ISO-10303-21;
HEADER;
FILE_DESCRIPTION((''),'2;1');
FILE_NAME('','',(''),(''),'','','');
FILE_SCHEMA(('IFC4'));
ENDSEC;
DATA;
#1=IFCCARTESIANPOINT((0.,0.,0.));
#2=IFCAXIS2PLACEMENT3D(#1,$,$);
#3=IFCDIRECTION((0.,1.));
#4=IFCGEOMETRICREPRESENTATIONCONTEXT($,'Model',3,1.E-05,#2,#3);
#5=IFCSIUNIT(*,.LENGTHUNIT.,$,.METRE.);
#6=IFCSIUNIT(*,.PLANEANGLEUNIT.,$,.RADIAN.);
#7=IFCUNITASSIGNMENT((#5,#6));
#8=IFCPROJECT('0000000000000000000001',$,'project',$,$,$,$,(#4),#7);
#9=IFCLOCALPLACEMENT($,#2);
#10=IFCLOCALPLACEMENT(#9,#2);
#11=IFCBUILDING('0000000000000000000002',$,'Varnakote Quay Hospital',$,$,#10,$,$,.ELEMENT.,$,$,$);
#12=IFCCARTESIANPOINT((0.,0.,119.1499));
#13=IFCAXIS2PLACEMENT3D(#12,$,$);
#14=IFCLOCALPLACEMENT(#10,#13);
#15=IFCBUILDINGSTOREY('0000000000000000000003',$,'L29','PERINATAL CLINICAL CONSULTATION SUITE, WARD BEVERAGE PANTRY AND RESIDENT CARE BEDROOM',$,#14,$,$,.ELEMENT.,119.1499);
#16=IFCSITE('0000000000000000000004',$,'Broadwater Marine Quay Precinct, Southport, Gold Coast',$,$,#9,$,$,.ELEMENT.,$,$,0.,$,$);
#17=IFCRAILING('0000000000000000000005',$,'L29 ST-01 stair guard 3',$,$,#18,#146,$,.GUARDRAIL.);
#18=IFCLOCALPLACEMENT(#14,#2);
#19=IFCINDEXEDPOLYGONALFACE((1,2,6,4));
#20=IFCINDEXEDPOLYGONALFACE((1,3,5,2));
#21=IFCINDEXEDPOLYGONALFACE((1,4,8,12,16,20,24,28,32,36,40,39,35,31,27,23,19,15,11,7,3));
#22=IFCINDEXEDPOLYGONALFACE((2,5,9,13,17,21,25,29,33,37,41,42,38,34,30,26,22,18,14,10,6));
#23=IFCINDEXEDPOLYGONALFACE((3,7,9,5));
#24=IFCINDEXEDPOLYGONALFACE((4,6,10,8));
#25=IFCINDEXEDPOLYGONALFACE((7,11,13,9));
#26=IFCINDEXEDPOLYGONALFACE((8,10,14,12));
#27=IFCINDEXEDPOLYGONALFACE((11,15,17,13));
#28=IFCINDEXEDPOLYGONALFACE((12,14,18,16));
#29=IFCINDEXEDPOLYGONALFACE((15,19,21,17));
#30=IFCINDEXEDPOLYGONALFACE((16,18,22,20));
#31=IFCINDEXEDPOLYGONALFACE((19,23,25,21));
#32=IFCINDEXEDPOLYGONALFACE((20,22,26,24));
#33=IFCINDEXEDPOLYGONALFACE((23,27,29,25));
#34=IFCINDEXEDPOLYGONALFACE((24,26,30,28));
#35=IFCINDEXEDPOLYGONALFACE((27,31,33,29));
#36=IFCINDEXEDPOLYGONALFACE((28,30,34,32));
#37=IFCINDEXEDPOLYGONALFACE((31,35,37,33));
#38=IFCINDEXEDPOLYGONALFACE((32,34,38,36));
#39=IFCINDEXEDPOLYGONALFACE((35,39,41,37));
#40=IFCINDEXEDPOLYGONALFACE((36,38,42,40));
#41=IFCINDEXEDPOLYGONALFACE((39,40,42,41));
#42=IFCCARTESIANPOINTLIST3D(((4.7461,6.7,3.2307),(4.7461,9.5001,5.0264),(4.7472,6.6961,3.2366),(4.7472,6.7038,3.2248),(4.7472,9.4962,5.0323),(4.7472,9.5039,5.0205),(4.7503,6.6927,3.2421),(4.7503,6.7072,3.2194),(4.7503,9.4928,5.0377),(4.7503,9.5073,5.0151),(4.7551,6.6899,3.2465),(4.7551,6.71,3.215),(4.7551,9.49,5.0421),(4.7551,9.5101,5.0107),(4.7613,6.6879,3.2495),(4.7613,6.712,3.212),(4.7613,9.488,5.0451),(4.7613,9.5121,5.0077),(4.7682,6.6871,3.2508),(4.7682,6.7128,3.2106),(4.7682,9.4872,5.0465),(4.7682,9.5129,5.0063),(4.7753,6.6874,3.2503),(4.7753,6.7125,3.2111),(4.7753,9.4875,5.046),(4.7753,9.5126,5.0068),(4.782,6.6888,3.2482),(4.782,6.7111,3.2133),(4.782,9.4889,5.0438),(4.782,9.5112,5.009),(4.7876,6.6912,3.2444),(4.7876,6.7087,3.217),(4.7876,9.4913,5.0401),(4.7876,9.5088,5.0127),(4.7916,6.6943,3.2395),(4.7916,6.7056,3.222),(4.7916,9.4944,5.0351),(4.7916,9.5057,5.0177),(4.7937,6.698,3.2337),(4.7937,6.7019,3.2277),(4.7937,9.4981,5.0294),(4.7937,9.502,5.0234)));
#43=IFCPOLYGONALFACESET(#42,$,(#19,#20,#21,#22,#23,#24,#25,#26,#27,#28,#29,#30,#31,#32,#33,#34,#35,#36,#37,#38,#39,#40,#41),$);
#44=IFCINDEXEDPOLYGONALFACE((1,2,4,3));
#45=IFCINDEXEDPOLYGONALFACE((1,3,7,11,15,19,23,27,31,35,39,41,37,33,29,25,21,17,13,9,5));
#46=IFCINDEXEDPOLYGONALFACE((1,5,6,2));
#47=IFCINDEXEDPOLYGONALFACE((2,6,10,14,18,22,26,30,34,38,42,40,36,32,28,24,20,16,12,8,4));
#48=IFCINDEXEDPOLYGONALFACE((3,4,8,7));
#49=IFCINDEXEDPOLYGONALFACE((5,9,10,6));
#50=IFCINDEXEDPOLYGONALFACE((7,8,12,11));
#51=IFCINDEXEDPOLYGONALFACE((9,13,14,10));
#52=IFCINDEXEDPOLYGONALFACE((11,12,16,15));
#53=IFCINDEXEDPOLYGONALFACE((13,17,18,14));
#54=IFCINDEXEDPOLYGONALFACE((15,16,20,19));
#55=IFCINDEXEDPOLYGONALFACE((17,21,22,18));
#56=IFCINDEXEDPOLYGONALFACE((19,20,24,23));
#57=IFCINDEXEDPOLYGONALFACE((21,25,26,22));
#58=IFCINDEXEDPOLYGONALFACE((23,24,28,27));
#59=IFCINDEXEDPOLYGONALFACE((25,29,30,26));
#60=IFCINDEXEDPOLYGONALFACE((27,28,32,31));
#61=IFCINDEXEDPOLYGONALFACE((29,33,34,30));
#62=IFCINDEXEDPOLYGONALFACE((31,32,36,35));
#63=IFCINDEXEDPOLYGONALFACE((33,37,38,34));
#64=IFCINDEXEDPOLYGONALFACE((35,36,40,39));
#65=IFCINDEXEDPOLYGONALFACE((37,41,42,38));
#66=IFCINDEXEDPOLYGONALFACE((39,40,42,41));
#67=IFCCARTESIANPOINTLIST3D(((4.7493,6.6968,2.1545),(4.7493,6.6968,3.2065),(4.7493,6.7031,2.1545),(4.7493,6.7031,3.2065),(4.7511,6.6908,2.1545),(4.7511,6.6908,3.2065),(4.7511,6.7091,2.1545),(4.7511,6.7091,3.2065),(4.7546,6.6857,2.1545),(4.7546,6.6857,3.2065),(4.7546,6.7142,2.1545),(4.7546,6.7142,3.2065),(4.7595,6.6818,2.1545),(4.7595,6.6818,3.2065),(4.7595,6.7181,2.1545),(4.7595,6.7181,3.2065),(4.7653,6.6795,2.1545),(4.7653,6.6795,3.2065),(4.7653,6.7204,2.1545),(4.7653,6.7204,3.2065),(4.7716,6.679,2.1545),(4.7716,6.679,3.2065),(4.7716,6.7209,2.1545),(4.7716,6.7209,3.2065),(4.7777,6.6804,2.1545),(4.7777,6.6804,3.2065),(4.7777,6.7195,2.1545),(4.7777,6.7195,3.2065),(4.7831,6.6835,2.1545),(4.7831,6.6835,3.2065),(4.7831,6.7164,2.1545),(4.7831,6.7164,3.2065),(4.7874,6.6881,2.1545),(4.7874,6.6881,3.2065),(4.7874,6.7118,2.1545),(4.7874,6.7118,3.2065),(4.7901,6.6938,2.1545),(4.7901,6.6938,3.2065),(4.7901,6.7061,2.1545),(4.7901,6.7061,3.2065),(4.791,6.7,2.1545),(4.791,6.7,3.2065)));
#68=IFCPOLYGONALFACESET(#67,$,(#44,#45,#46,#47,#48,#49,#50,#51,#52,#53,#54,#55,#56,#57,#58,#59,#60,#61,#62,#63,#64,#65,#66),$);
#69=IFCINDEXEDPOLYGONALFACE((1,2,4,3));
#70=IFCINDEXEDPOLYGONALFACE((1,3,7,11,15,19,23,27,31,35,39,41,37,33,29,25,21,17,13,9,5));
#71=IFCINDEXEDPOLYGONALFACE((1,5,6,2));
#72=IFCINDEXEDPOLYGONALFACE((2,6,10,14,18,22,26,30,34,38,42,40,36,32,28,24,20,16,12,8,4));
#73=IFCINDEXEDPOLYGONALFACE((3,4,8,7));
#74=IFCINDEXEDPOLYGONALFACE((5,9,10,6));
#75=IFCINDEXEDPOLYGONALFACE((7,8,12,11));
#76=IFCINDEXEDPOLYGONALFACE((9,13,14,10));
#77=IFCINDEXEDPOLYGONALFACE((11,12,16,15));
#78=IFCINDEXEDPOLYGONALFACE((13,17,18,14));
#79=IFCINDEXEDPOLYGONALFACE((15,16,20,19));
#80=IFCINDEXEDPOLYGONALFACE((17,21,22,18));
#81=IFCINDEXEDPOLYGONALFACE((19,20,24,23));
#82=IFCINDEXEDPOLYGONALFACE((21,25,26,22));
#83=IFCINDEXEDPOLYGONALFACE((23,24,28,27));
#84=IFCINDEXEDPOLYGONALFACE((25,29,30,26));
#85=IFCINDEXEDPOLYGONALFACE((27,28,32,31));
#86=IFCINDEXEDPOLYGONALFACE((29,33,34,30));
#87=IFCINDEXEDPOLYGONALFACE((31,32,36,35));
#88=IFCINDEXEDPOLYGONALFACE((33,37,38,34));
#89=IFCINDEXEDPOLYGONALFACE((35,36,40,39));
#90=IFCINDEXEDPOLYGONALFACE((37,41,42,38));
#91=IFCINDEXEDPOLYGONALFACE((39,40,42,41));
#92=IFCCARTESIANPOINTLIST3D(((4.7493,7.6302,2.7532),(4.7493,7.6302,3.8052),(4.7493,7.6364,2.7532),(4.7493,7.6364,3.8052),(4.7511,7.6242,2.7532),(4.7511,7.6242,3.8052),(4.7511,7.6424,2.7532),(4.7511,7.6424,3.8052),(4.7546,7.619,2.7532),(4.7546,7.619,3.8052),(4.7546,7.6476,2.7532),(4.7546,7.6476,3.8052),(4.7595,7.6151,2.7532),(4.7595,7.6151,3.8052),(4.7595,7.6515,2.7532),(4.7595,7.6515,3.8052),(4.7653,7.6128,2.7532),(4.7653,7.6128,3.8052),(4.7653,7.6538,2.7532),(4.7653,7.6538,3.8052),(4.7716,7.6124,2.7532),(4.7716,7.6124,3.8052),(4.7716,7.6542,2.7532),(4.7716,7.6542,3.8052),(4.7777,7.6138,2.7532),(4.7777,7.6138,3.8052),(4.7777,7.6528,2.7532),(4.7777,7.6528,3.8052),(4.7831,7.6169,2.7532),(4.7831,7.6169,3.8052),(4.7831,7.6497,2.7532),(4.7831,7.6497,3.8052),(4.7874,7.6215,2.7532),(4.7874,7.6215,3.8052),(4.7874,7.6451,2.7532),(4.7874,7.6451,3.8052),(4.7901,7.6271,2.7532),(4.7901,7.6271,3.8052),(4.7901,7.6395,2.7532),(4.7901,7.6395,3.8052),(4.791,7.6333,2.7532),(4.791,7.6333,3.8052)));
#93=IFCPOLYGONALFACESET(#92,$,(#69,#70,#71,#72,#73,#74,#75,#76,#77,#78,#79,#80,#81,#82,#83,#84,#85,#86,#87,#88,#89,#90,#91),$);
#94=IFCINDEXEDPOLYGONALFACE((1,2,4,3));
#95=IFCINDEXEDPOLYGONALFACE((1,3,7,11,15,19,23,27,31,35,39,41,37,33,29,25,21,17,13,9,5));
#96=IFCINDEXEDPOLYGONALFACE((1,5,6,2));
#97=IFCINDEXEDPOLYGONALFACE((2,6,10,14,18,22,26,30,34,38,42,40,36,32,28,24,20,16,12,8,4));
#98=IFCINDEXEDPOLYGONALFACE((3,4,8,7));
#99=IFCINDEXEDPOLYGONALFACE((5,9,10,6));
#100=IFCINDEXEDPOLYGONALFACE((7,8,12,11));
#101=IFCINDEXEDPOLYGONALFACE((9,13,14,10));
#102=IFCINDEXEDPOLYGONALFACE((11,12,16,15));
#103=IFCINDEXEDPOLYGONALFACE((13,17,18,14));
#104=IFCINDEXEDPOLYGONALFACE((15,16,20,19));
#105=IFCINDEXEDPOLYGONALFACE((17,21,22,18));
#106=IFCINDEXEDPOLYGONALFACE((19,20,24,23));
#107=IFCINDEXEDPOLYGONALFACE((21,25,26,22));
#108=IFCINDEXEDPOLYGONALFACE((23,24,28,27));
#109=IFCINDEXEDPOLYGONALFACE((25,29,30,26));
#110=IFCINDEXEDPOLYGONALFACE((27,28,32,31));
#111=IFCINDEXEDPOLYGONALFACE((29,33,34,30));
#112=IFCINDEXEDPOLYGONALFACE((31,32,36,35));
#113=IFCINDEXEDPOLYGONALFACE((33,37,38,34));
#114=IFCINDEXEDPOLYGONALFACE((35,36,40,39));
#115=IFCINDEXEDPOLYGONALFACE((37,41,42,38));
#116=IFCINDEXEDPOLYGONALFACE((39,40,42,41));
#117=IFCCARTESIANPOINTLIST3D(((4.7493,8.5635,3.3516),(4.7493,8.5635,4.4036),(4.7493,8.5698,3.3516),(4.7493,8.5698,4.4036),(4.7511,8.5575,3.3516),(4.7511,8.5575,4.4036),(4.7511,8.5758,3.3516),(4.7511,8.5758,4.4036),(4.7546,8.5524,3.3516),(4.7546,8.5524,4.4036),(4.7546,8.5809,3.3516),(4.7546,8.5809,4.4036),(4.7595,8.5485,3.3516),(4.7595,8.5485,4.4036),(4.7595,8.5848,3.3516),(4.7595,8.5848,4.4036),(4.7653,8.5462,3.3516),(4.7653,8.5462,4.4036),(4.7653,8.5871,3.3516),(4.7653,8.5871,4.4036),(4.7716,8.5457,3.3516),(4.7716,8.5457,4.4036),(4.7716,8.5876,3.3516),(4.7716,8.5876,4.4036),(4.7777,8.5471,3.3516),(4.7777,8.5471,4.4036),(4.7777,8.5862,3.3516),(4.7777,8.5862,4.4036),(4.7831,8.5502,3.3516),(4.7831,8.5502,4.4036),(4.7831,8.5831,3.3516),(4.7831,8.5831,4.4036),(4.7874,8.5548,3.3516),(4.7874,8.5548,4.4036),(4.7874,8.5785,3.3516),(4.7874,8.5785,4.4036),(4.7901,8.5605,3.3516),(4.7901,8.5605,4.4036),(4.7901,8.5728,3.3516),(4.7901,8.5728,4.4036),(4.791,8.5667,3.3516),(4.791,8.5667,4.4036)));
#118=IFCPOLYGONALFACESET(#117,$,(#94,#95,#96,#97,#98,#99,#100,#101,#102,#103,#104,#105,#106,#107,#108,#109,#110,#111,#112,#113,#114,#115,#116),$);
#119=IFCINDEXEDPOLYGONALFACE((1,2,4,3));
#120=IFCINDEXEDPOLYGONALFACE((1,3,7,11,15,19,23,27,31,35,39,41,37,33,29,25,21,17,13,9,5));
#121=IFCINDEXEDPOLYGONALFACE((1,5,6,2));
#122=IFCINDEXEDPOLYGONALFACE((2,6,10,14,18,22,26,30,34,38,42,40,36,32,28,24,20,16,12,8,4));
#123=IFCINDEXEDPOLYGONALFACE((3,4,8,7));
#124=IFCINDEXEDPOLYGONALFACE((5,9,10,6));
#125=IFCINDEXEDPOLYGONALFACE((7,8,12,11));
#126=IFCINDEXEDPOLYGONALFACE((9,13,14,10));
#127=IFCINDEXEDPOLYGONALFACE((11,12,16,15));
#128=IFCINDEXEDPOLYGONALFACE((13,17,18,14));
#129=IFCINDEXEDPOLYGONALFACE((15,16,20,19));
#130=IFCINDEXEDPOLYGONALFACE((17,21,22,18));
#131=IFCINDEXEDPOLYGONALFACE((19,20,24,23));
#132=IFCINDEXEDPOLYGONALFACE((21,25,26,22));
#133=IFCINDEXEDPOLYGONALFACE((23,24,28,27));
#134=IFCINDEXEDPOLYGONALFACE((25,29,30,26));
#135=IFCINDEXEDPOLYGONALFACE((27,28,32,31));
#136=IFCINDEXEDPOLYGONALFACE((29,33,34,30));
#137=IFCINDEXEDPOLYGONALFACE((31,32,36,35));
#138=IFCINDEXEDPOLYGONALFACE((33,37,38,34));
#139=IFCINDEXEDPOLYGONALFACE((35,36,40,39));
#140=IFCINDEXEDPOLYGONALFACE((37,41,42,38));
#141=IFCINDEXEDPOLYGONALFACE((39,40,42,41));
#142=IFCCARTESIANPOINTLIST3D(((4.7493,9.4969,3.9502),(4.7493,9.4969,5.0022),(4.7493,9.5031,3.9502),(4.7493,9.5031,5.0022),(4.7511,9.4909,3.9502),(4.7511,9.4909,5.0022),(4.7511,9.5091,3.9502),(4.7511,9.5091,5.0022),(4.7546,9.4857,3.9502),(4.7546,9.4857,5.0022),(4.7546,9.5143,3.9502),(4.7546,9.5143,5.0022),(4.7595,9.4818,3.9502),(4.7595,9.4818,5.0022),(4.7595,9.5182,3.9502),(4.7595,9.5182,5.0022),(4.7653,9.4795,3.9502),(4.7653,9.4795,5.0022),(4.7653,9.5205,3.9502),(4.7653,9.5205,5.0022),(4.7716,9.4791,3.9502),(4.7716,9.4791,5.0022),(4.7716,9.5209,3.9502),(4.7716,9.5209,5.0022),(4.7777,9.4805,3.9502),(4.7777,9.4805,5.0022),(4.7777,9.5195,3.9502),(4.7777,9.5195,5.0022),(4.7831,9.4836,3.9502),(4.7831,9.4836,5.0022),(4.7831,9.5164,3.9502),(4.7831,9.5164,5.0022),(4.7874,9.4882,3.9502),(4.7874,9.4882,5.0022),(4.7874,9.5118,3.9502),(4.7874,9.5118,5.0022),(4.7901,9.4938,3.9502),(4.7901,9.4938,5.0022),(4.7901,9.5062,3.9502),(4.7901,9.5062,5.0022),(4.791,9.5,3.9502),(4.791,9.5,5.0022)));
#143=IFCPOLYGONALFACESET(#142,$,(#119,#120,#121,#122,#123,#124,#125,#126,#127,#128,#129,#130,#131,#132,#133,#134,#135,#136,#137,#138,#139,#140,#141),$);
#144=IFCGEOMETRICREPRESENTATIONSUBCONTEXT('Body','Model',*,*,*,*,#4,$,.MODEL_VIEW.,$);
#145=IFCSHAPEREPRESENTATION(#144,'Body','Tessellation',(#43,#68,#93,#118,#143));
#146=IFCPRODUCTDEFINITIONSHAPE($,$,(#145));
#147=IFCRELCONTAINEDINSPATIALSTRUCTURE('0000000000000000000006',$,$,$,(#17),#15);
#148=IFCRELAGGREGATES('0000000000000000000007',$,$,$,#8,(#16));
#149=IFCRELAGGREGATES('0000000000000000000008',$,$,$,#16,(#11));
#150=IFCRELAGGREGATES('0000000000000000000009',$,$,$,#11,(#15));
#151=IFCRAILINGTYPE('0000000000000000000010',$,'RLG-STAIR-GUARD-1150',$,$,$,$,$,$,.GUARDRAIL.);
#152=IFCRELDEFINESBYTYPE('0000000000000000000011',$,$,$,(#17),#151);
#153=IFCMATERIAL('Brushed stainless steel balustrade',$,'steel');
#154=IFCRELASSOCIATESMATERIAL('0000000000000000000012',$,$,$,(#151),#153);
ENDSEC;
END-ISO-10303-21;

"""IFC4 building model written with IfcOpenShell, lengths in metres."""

from ifc_helpers import new_model, si_unit, direction, frame, origin, origin_2d, place, context, subcontext, project, spatial, circle, extrude, material, type_object, element, save


model = new_model("IFC4")

# Units and contexts
model_context = context("Model", 3, precision=1e-05, world=origin(), true_north=direction((0.0, 1.0)))
body_context = subcontext(model_context, "Body", "Model", "MODEL_VIEW")
ifc_project = project(units=[si_unit("LENGTHUNIT", "METRE"), si_unit("PLANEANGLEUNIT", "RADIAN")], contexts=[model_context])

# Site, building, storey
site_placement = place(None, origin())
site = spatial("IfcSite", under=ifc_project, at=site_placement, Name="Broadwater Marine Quay Precinct, Southport, Gold Coast", CompositionType="ELEMENT", RefElevation=0.0)
building_placement = place(site_placement, origin())
building = spatial("IfcBuilding", under=site, at=building_placement, Name="Varnakote Quay Hospital", CompositionType="ELEMENT")
storey_placement = place(building_placement, frame((0.0, 0.0, 119.1499)))
storey = spatial("IfcBuildingStorey", under=building, at=storey_placement, Name="L29", Description="PERINATAL CLINICAL CONSULTATION SUITE, WARD BEVERAGE PANTRY AND RESIDENT CARE BEDROOM", CompositionType="ELEMENT", Elevation=119.1499)

# Railing
ifc_material_1 = material(Name="Brushed stainless steel balustrade", Category="steel")
railing_type_1 = type_object("IfcRailingType", Name="RLG-STAIR-GUARD-1150", PredefinedType="GUARDRAIL", material=ifc_material_1)
railing_1_placement = place(storey_placement, frame((4.77, 6.7, 2.1545)))
element("IfcRailing", 1, at=railing_1_placement, inside=storey, type_object=railing_type_1, Name="L29 ST-01 stair guard 3", PredefinedType="GUARDRAIL", context=body_context, shape_type="SweptSolid", body=[
    extrude(circle(Radius=0.0239, at=origin_2d()), frame((0.0, 0.0, 1.0762), z_axis=(0.0, 0.841777, 0.539826), x_axis=(-1.0, 0.0, 0.0)), (0.0, 0.0, 1.0), 3.3264),
    extrude(circle(Radius=0.021, at=origin_2d()), origin(), (0.0, 0.0, 1.0), 1.052),
    extrude(circle(Radius=0.021, at=origin_2d()), frame((0.0, 0.9333, 0.5986)), (0.0, 0.0, 1.0), 1.052),
    extrude(circle(Radius=0.021, at=origin_2d()), frame((0.0, 1.8667, 1.197)), (0.0, 0.0, 1.0), 1.052),
    extrude(circle(Radius=0.021, at=origin_2d()), frame((0.0, 2.8, 1.7957)), (0.0, 0.0, 1.0), 1.052),
])

save(model, "model.ifc")
